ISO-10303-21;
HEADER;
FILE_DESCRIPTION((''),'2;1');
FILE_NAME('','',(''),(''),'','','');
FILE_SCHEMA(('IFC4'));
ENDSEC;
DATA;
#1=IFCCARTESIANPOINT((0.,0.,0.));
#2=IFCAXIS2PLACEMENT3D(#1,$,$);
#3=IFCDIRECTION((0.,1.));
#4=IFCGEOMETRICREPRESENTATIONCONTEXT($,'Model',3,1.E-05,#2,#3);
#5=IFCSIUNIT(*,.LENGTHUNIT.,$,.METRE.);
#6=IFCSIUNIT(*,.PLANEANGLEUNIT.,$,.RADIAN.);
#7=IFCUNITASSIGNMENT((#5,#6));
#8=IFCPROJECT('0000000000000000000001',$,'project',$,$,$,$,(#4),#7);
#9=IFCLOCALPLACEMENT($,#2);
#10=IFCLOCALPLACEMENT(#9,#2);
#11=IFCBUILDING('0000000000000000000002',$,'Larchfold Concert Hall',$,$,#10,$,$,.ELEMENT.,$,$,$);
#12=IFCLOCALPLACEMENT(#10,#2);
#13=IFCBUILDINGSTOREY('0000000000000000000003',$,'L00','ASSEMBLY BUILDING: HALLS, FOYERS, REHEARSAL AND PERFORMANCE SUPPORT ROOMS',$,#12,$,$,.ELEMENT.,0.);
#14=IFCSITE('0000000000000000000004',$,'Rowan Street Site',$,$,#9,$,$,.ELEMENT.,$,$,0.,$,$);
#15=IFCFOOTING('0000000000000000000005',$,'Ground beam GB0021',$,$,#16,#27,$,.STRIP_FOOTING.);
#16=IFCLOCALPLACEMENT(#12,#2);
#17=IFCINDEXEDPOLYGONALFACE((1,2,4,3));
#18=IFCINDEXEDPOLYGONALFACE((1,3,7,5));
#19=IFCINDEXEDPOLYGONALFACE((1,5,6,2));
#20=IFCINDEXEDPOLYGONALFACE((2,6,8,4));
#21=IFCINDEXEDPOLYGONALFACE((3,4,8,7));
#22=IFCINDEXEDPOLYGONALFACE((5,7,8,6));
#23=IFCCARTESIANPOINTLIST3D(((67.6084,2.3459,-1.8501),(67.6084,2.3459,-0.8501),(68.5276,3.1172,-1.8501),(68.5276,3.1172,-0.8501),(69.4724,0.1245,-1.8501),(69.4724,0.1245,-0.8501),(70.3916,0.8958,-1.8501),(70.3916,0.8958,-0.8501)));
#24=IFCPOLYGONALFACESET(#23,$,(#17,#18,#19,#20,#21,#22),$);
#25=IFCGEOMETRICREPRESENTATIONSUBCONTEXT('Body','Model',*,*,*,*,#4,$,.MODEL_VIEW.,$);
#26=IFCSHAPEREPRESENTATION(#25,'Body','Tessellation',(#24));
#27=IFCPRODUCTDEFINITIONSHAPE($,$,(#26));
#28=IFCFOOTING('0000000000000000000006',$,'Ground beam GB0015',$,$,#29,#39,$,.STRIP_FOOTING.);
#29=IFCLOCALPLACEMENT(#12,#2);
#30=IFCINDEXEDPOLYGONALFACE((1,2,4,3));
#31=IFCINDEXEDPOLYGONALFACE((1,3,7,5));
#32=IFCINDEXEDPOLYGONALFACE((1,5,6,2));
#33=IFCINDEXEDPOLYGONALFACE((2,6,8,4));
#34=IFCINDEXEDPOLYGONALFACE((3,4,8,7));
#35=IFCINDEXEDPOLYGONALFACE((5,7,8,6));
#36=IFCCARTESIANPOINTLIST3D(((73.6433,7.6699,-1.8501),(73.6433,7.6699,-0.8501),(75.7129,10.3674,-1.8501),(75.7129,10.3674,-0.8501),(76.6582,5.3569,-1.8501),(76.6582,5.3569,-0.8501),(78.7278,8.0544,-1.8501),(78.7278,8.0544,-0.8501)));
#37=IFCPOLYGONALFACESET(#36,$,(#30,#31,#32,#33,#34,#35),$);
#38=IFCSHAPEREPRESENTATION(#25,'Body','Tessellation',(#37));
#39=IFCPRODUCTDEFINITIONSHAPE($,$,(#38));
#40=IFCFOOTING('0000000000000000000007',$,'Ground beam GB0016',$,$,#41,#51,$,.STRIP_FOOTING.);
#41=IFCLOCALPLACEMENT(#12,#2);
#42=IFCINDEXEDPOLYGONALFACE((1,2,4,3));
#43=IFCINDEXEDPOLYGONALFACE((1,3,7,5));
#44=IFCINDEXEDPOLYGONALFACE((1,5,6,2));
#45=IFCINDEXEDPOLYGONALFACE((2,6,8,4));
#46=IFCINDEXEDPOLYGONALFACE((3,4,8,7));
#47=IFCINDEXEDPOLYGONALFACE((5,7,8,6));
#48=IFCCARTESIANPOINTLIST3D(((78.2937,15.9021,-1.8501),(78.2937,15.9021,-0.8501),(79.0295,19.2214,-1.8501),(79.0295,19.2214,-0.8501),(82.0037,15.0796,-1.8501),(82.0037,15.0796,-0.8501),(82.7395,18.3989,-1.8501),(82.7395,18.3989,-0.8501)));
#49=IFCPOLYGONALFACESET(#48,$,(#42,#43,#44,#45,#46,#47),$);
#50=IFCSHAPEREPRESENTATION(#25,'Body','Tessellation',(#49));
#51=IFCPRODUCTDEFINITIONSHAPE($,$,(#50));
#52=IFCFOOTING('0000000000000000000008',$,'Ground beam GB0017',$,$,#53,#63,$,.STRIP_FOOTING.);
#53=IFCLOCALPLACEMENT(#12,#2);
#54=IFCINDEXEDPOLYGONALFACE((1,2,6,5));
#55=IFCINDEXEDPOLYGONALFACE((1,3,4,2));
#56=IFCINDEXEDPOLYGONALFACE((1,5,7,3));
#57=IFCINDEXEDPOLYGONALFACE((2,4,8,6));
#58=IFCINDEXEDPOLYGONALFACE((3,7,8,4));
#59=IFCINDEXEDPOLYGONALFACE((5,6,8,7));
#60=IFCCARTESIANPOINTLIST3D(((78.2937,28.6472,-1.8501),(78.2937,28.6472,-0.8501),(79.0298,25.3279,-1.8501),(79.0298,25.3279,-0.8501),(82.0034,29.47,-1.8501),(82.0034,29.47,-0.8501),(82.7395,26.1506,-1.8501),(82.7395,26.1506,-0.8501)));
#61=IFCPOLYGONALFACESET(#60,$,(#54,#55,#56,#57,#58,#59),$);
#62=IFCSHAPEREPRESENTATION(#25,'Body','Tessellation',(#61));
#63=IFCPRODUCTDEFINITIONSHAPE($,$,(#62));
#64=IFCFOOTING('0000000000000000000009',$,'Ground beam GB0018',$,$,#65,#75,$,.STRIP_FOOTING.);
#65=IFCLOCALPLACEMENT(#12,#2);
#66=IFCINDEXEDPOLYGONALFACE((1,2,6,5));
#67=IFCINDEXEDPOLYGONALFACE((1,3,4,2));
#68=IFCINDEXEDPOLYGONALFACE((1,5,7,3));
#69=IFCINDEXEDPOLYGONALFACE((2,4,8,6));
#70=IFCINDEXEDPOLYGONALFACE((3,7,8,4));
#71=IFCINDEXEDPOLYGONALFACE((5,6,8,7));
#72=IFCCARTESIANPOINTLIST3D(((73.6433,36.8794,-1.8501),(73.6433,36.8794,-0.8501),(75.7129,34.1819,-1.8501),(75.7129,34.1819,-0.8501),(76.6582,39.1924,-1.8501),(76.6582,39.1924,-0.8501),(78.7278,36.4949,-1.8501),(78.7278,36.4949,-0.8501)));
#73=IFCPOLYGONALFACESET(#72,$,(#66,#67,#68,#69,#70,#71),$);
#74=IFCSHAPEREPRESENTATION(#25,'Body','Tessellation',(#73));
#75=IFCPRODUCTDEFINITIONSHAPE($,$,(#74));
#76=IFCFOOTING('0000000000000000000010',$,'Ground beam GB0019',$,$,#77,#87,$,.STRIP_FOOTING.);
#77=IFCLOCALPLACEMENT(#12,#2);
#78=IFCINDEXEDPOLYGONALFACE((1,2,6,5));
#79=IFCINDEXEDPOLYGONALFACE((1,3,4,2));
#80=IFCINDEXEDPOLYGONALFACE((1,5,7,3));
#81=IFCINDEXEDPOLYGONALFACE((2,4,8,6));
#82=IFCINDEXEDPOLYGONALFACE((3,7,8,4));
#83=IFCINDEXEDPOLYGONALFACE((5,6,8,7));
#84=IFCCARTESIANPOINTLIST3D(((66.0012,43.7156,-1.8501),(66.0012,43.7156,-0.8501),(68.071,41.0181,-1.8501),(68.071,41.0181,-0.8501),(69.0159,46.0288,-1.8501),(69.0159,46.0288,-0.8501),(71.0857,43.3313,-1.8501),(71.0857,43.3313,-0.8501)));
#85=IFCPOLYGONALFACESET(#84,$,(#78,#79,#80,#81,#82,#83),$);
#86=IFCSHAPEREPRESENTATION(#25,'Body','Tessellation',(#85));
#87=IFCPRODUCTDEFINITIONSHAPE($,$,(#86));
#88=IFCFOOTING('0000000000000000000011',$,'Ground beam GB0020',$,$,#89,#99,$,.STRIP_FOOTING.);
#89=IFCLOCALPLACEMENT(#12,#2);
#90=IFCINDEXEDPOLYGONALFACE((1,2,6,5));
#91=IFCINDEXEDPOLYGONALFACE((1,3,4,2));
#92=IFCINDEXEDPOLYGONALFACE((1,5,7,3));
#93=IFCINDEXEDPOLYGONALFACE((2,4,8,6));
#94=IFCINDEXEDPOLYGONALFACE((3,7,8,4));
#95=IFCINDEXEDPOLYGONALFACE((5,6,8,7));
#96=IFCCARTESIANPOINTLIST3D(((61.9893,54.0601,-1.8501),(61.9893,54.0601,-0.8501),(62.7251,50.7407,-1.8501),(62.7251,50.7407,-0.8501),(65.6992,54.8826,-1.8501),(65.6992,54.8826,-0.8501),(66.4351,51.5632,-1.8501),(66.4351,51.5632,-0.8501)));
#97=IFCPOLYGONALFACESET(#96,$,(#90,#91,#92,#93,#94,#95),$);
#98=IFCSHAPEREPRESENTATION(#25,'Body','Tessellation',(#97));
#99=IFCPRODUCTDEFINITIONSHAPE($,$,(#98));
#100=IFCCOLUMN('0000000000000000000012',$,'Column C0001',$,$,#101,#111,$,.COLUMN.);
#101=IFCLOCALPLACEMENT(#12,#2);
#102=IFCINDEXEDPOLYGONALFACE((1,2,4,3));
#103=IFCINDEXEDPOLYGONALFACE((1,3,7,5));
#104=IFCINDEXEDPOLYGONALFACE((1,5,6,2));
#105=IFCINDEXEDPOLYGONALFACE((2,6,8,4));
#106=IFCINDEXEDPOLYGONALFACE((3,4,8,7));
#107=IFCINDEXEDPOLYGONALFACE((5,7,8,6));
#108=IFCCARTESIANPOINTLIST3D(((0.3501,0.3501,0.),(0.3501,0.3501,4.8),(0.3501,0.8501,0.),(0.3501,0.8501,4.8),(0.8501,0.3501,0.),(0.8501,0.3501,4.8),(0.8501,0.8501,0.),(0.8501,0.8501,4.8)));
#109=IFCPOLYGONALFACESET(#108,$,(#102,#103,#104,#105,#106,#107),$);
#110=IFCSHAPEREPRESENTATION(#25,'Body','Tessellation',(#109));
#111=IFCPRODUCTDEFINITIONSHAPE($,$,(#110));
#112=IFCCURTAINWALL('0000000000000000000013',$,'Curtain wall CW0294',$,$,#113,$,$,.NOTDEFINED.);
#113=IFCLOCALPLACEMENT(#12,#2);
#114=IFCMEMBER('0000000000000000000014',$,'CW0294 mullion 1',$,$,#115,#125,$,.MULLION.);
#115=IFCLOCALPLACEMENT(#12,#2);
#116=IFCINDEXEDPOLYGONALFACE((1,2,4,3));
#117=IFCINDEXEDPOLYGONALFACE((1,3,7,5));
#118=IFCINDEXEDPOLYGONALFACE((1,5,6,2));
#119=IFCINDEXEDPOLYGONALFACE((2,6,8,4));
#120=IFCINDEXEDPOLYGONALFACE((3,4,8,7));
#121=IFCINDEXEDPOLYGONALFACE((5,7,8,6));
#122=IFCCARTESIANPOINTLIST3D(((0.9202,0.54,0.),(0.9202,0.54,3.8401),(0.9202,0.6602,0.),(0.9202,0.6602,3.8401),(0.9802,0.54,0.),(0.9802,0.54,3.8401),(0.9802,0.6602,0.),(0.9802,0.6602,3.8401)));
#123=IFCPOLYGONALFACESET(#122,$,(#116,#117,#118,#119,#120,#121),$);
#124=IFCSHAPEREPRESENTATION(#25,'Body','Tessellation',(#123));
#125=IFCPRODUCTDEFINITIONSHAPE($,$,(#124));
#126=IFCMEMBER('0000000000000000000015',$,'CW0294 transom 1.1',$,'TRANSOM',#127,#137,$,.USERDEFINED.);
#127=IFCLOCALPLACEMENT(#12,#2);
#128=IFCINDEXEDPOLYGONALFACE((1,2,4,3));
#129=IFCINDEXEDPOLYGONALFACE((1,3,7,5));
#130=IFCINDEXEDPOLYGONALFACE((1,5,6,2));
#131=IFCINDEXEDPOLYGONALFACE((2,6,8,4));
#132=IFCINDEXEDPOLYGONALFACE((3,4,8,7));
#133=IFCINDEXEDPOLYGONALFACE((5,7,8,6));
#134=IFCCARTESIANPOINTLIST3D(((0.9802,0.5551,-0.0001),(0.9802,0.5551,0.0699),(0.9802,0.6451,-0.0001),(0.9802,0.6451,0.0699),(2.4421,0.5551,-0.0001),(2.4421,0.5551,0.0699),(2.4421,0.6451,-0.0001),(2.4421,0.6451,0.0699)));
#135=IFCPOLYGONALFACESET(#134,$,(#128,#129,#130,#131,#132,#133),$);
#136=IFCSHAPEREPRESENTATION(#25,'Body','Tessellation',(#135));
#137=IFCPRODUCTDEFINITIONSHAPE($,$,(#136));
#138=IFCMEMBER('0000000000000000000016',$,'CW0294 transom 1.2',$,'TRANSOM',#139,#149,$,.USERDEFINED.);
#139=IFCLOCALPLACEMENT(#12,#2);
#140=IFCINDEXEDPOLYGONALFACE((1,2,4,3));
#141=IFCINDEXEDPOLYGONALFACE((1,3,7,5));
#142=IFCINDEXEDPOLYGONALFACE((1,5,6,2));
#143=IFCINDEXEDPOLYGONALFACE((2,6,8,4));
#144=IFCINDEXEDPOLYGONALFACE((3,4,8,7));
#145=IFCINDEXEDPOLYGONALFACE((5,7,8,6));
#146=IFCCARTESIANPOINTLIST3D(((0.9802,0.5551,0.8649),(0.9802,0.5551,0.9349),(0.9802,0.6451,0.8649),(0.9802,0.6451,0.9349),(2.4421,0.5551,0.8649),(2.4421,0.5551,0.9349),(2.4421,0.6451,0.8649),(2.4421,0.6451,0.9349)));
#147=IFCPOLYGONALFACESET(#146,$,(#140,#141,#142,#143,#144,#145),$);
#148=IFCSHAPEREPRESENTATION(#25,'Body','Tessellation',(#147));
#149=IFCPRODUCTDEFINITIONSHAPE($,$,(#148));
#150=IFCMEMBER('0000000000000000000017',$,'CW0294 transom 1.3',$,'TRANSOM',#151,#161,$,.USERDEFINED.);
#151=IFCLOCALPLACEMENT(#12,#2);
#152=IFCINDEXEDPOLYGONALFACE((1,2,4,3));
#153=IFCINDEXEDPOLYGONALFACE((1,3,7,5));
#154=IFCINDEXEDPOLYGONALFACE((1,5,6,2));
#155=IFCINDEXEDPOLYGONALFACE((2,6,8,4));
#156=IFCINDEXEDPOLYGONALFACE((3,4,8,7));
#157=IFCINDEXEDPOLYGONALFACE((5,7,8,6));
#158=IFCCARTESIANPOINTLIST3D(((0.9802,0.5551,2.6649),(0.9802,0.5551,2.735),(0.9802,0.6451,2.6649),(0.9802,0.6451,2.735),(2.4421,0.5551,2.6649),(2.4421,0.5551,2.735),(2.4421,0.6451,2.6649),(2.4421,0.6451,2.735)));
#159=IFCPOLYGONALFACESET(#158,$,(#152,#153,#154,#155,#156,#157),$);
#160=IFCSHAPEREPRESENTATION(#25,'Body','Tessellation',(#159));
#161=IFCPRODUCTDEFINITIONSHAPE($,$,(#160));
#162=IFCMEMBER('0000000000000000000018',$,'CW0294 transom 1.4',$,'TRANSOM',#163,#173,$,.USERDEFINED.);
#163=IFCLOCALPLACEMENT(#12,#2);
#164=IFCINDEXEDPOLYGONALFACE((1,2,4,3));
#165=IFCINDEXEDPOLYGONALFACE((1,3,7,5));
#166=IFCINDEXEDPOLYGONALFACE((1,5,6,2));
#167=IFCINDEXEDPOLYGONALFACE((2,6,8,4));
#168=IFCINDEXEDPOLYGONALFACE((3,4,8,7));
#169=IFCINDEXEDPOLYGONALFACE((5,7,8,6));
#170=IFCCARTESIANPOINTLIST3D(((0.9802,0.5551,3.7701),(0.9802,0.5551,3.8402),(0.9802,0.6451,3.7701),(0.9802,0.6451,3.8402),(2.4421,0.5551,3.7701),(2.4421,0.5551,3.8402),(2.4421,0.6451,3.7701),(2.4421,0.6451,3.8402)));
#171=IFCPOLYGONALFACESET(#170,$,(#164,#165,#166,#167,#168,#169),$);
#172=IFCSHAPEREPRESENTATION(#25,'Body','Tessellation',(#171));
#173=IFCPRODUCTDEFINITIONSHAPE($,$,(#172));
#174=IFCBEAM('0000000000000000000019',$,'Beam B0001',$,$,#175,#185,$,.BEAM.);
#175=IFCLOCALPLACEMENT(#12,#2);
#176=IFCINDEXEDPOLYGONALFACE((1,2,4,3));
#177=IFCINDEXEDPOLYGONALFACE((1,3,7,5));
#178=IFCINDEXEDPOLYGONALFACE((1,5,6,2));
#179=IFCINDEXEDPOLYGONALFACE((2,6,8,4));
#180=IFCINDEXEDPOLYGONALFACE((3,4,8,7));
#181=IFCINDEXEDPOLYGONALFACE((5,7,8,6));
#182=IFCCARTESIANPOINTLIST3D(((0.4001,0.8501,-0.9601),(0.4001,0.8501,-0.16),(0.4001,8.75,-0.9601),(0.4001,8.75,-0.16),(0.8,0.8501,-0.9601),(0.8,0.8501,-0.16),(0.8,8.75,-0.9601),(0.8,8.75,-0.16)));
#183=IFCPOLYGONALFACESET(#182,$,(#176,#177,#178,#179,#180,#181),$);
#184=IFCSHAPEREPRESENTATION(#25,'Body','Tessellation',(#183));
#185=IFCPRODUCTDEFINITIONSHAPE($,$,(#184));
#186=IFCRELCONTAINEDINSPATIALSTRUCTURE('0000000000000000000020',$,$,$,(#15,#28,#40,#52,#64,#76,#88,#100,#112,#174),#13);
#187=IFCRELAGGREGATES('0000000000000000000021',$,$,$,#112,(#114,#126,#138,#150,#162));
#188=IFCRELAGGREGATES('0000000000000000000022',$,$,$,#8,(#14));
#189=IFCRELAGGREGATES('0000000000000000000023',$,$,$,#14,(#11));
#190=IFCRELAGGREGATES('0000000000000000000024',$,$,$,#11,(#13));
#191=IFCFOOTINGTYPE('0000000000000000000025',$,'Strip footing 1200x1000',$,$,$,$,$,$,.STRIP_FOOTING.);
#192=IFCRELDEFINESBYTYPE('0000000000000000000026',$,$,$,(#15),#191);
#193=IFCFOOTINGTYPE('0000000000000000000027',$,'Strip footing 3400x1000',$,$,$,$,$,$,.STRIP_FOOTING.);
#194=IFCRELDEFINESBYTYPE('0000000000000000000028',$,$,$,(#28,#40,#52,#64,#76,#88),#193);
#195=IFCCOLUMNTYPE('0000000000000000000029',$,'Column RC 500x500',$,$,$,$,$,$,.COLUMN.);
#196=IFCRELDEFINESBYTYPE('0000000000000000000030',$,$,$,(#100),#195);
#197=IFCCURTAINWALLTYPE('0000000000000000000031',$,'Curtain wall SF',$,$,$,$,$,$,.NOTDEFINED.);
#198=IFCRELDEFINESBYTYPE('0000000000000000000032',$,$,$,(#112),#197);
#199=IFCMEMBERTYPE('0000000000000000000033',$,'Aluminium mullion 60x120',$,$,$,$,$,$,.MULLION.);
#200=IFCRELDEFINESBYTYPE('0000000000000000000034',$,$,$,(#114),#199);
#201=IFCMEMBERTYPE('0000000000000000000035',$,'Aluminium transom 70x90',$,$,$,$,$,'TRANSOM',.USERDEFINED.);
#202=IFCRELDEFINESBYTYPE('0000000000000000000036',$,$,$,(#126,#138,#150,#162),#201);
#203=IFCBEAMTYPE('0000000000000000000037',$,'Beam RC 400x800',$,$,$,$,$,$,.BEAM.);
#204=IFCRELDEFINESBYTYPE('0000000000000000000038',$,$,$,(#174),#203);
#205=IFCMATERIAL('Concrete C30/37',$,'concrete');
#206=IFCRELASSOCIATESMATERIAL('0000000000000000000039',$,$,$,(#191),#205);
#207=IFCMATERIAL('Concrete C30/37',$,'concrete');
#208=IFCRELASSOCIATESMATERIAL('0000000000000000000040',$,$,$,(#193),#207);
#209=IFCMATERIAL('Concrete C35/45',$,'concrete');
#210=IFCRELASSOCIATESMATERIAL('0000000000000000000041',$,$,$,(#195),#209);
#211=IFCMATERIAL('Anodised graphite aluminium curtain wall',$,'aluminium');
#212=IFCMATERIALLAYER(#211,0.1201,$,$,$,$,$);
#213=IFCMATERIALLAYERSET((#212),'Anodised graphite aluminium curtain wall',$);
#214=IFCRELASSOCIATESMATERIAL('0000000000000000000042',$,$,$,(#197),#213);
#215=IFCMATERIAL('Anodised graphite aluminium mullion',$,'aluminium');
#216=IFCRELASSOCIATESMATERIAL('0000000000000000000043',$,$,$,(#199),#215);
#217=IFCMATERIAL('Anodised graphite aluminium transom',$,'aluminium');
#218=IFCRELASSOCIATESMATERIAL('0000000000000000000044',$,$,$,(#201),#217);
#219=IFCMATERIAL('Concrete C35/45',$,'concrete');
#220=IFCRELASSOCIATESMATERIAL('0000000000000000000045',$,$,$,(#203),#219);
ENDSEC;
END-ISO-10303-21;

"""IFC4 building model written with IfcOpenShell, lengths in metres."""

from ifc_helpers import new_model, si_unit, direction, frame, origin, origin_2d, place, context, subcontext, project, spatial, polyline, rectangle, outline, extrude, material, layer, layer_set, material_profile, profile_set, type_object, element, aggregate, save


model = new_model("IFC4")

# Units and contexts
model_context = context("Model", 3, precision=1e-05, world=origin(), true_north=direction((0.0, 1.0)))
body_context = subcontext(model_context, "Body", "Model", "MODEL_VIEW")
ifc_project = project(units=[si_unit("LENGTHUNIT", "METRE"), si_unit("PLANEANGLEUNIT", "RADIAN")], contexts=[model_context])

# Site, building, storey
site_placement = place(None, origin())
site = spatial("IfcSite", under=ifc_project, at=site_placement, Name="Rowan Street Site", CompositionType="ELEMENT", RefElevation=0.0)
building_placement = place(site_placement, origin())
building = spatial("IfcBuilding", under=site, at=building_placement, Name="Larchfold Concert Hall", CompositionType="ELEMENT")
storey_placement = place(building_placement, origin())
storey = spatial("IfcBuildingStorey", under=building, at=storey_placement, Name="L00", Description="ASSEMBLY BUILDING: HALLS, FOYERS, REHEARSAL AND PERFORMANCE SUPPORT ROOMS", CompositionType="ELEMENT", Elevation=0.0)

# Footings
ifc_material_1 = material(Name="Concrete C30/37", Category="concrete")
footing_type_1 = type_object("IfcFootingType", Name="Strip footing 1200x1000", PredefinedType="STRIP_FOOTING", material=ifc_material_1)
footing_1_placement = place(storey_placement, frame((0.0, 0.0, -1.8501)))
element("IfcFooting", 1, at=footing_1_placement, inside=storey, type_object=footing_type_1, Name="Ground beam GB0021", PredefinedType="STRIP_FOOTING", context=body_context, shape_type="SweptSolid", body=[
    extrude(outline(polyline([(69.4724, 0.1245), (70.3916, 0.8958), (68.5276, 3.1172), (67.6084, 2.3459), (69.4724, 0.1245)])), origin(), (0.0, 0.0, 1.0), 1.0),
])
ifc_material_2 = material(Name="Concrete C30/37", Category="concrete")
footing_type_2 = type_object("IfcFootingType", Name="Strip footing 3400x1000", PredefinedType="STRIP_FOOTING", material=ifc_material_2)
footing_2_placement = place(storey_placement, frame((0.0, 0.0, -1.8501)))
element("IfcFooting", 2, at=footing_2_placement, inside=storey, type_object=footing_type_2, Name="Ground beam GB0015", PredefinedType="STRIP_FOOTING", context=body_context, shape_type="SweptSolid", body=[
    extrude(outline(polyline([(76.6582, 5.3569), (78.7278, 8.0544), (75.7129, 10.3674), (73.6433, 7.6699), (76.6582, 5.3569)])), origin(), (0.0, 0.0, 1.0), 1.0),
])
footing_3_placement = place(storey_placement, frame((0.0, 0.0, -1.8501)))
element("IfcFooting", 3, at=footing_3_placement, inside=storey, type_object=footing_type_2, Name="Ground beam GB0016", PredefinedType="STRIP_FOOTING", context=body_context, shape_type="SweptSolid", body=[
    extrude(outline(polyline([(82.0037, 15.0796), (82.7395, 18.3989), (79.0295, 19.2214), (78.2937, 15.9021), (82.0037, 15.0796)])), origin(), (0.0, 0.0, 1.0), 1.0),
])
footing_4_placement = place(storey_placement, frame((0.0, 0.0, -1.8501)))
element("IfcFooting", 4, at=footing_4_placement, inside=storey, type_object=footing_type_2, Name="Ground beam GB0017", PredefinedType="STRIP_FOOTING", context=body_context, shape_type="SweptSolid", body=[
    extrude(outline(polyline([(82.7395, 26.1506), (82.0034, 29.47), (78.2937, 28.6472), (79.0298, 25.3279), (82.7395, 26.1506)])), origin(), (0.0, 0.0, 1.0), 1.0),
])
footing_5_placement = place(storey_placement, frame((0.0, 0.0, -1.8501)))
element("IfcFooting", 5, at=footing_5_placement, inside=storey, type_object=footing_type_2, Name="Ground beam GB0018", PredefinedType="STRIP_FOOTING", context=body_context, shape_type="SweptSolid", body=[
    extrude(outline(polyline([(78.7278, 36.4949), (76.6582, 39.1924), (73.6433, 36.8794), (75.7129, 34.1819), (78.7278, 36.4949)])), origin(), (0.0, 0.0, 1.0), 1.0),
])
footing_6_placement = place(storey_placement, frame((0.0, 0.0, -1.8501)))
element("IfcFooting", 6, at=footing_6_placement, inside=storey, type_object=footing_type_2, Name="Ground beam GB0019", PredefinedType="STRIP_FOOTING", context=body_context, shape_type="SweptSolid", body=[
    extrude(outline(polyline([(71.0857, 43.3313), (69.0159, 46.0288), (66.0012, 43.7156), (68.071, 41.0181), (71.0857, 43.3313)])), origin(), (0.0, 0.0, 1.0), 1.0),
])
footing_7_placement = place(storey_placement, frame((0.0, 0.0, -1.8501)))
element("IfcFooting", 7, at=footing_7_placement, inside=storey, type_object=footing_type_2, Name="Ground beam GB0020", PredefinedType="STRIP_FOOTING", context=body_context, shape_type="SweptSolid", body=[
    extrude(outline(polyline([(66.4351, 51.5632), (65.6992, 54.8826), (61.9893, 54.0601), (62.7251, 50.7407), (66.4351, 51.5632)])), origin(), (0.0, 0.0, 1.0), 1.0),
])

# Column
ifc_material_3 = material(Name="Concrete C35/45", Category="concrete")
ifc_material_profile_1 = material_profile(ifc_material_3, rectangle(XDim=0.5, YDim=0.5, at=origin_2d()))
ifc_profile_set_1 = profile_set([ifc_material_profile_1], Name="Concrete C35/45")
column_type = type_object("IfcColumnType", Name="Column RC 500x500", PredefinedType="COLUMN", material=ifc_profile_set_1)
column_placement = place(storey_placement, frame((0.6001, 0.6001, 0.0), z_axis=(0.0, 0.0, 1.0), x_axis=(1.0, 0.0, 0.0)))
element("IfcColumn", 8, at=column_placement, inside=storey, type_object=column_type, Name="Column C0001", PredefinedType="COLUMN", context=body_context, shape_type="SweptSolid", body=[
    extrude(rectangle(XDim=0.5, YDim=0.5, at=origin_2d()), origin(), (0.0, 0.0, 1.0), 4.8),
])

# Curtain wall, members
ifc_material_4 = material(Name="Anodised graphite aluminium curtain wall", Category="aluminium")
ifc_layer_1 = layer(ifc_material_4, 0.1201)
ifc_layer_set_1 = layer_set([ifc_layer_1], Name="Anodised graphite aluminium curtain wall")
curtain_wall_type = type_object("IfcCurtainWallType", Name="Curtain wall SF", PredefinedType="NOTDEFINED", material=ifc_layer_set_1)
curtain_wall_placement = place(storey_placement, origin())
curtain_wall = element("IfcCurtainWall", 9, at=curtain_wall_placement, inside=storey, type_object=curtain_wall_type, Name="Curtain wall CW0294", PredefinedType="NOTDEFINED")
ifc_material_5 = material(Name="Anodised graphite aluminium mullion", Category="aluminium")
ifc_material_profile_2 = material_profile(ifc_material_5, rectangle(XDim=0.1201, YDim=0.0601, at=origin_2d()))
ifc_profile_set_2 = profile_set([ifc_material_profile_2], Name="Anodised graphite aluminium mullion")
member_type_1 = type_object("IfcMemberType", Name="Aluminium mullion 60x120", PredefinedType="MULLION", material=ifc_profile_set_2)
member_1_placement = place(storey_placement, frame((0.9502, 0.6001, 0.0), z_axis=(0.0, 0.0, 1.0), x_axis=(0.0, 1.0, 0.0)))
member_1 = element("IfcMember", 10, at=member_1_placement, type_object=member_type_1, Name="CW0294 mullion 1", PredefinedType="MULLION", context=body_context, shape_type="SweptSolid", body=[
    extrude(rectangle(XDim=0.1201, YDim=0.0601, at=origin_2d()), origin(), (0.0, 0.0, 1.0), 3.8401),
])
ifc_material_6 = material(Name="Anodised graphite aluminium transom", Category="aluminium")
ifc_material_profile_3 = material_profile(ifc_material_6, rectangle(XDim=0.0901, YDim=0.0701, at=origin_2d()))
ifc_profile_set_3 = profile_set([ifc_material_profile_3], Name="Anodised graphite aluminium transom")
member_type_2 = type_object("IfcMemberType", Name="Aluminium transom 70x90", ElementType="TRANSOM", PredefinedType="USERDEFINED", material=ifc_profile_set_3)
member_2_placement = place(storey_placement, frame((0.9802, 0.6001, 0.0349), z_axis=(1.0, 0.0, 0.0), x_axis=(0.0, 1.0, 0.0)))
member_2 = element("IfcMember", 11, at=member_2_placement, type_object=member_type_2, Name="CW0294 transom 1.1", ObjectType="TRANSOM", PredefinedType="USERDEFINED", context=body_context, shape_type="SweptSolid", body=[
    extrude(rectangle(XDim=0.0901, YDim=0.0701, at=origin_2d()), origin(), (0.0, 0.0, 1.0), 1.4619),
])
member_3_placement = place(storey_placement, frame((0.9802, 0.6001, 0.8999), z_axis=(1.0, 0.0, 0.0), x_axis=(0.0, 1.0, 0.0)))
member_3 = element("IfcMember", 12, at=member_3_placement, type_object=member_type_2, Name="CW0294 transom 1.2", ObjectType="TRANSOM", PredefinedType="USERDEFINED", context=body_context, shape_type="SweptSolid", body=[
    extrude(rectangle(XDim=0.0901, YDim=0.0701, at=origin_2d()), origin(), (0.0, 0.0, 1.0), 1.4619),
])
member_4_placement = place(storey_placement, frame((0.9802, 0.6001, 2.7), z_axis=(1.0, 0.0, 0.0), x_axis=(0.0, 1.0, 0.0)))
member_4 = element("IfcMember", 13, at=member_4_placement, type_object=member_type_2, Name="CW0294 transom 1.3", ObjectType="TRANSOM", PredefinedType="USERDEFINED", context=body_context, shape_type="SweptSolid", body=[
    extrude(rectangle(XDim=0.0901, YDim=0.0701, at=origin_2d()), origin(), (0.0, 0.0, 1.0), 1.4619),
])
member_5_placement = place(storey_placement, frame((0.9802, 0.6001, 3.8052), z_axis=(1.0, 0.0, 0.0), x_axis=(0.0, 1.0, 0.0)))
member_5 = element("IfcMember", 14, at=member_5_placement, type_object=member_type_2, Name="CW0294 transom 1.4", ObjectType="TRANSOM", PredefinedType="USERDEFINED", context=body_context, shape_type="SweptSolid", body=[
    extrude(rectangle(XDim=0.0901, YDim=0.0701, at=origin_2d()), origin(), (0.0, 0.0, 1.0), 1.4619),
])
aggregate(curtain_wall, [member_1, member_2, member_3, member_4, member_5])

# Beam
ifc_material_7 = material(Name="Concrete C35/45", Category="concrete")
ifc_material_profile_4 = material_profile(ifc_material_7, rectangle(XDim=0.3999, YDim=0.8, at=origin_2d()))
ifc_profile_set_4 = profile_set([ifc_material_profile_4], Name="Concrete C35/45")
beam_type = type_object("IfcBeamType", Name="Beam RC 400x800", PredefinedType="BEAM", material=ifc_profile_set_4)
for number, where, z_axis, x_axis, name in (
    (15, (0.6001, 0.8501, -0.5601), (0.0, 1.0, 0.0), (-1.0, 0.0, 0.0), "Beam B0001"),
):
    element("IfcBeam", number, at=place(storey_placement, frame(where, z_axis=z_axis, x_axis=x_axis)), inside=storey, type_object=beam_type, Name=name, PredefinedType="BEAM", context=body_context, shape_type="SweptSolid", body=[
        extrude(rectangle(XDim=0.3999, YDim=0.8, at=origin_2d()), origin(), (0.0, 0.0, 1.0), 7.8999),
    ])

save(model, "model.ifc")
